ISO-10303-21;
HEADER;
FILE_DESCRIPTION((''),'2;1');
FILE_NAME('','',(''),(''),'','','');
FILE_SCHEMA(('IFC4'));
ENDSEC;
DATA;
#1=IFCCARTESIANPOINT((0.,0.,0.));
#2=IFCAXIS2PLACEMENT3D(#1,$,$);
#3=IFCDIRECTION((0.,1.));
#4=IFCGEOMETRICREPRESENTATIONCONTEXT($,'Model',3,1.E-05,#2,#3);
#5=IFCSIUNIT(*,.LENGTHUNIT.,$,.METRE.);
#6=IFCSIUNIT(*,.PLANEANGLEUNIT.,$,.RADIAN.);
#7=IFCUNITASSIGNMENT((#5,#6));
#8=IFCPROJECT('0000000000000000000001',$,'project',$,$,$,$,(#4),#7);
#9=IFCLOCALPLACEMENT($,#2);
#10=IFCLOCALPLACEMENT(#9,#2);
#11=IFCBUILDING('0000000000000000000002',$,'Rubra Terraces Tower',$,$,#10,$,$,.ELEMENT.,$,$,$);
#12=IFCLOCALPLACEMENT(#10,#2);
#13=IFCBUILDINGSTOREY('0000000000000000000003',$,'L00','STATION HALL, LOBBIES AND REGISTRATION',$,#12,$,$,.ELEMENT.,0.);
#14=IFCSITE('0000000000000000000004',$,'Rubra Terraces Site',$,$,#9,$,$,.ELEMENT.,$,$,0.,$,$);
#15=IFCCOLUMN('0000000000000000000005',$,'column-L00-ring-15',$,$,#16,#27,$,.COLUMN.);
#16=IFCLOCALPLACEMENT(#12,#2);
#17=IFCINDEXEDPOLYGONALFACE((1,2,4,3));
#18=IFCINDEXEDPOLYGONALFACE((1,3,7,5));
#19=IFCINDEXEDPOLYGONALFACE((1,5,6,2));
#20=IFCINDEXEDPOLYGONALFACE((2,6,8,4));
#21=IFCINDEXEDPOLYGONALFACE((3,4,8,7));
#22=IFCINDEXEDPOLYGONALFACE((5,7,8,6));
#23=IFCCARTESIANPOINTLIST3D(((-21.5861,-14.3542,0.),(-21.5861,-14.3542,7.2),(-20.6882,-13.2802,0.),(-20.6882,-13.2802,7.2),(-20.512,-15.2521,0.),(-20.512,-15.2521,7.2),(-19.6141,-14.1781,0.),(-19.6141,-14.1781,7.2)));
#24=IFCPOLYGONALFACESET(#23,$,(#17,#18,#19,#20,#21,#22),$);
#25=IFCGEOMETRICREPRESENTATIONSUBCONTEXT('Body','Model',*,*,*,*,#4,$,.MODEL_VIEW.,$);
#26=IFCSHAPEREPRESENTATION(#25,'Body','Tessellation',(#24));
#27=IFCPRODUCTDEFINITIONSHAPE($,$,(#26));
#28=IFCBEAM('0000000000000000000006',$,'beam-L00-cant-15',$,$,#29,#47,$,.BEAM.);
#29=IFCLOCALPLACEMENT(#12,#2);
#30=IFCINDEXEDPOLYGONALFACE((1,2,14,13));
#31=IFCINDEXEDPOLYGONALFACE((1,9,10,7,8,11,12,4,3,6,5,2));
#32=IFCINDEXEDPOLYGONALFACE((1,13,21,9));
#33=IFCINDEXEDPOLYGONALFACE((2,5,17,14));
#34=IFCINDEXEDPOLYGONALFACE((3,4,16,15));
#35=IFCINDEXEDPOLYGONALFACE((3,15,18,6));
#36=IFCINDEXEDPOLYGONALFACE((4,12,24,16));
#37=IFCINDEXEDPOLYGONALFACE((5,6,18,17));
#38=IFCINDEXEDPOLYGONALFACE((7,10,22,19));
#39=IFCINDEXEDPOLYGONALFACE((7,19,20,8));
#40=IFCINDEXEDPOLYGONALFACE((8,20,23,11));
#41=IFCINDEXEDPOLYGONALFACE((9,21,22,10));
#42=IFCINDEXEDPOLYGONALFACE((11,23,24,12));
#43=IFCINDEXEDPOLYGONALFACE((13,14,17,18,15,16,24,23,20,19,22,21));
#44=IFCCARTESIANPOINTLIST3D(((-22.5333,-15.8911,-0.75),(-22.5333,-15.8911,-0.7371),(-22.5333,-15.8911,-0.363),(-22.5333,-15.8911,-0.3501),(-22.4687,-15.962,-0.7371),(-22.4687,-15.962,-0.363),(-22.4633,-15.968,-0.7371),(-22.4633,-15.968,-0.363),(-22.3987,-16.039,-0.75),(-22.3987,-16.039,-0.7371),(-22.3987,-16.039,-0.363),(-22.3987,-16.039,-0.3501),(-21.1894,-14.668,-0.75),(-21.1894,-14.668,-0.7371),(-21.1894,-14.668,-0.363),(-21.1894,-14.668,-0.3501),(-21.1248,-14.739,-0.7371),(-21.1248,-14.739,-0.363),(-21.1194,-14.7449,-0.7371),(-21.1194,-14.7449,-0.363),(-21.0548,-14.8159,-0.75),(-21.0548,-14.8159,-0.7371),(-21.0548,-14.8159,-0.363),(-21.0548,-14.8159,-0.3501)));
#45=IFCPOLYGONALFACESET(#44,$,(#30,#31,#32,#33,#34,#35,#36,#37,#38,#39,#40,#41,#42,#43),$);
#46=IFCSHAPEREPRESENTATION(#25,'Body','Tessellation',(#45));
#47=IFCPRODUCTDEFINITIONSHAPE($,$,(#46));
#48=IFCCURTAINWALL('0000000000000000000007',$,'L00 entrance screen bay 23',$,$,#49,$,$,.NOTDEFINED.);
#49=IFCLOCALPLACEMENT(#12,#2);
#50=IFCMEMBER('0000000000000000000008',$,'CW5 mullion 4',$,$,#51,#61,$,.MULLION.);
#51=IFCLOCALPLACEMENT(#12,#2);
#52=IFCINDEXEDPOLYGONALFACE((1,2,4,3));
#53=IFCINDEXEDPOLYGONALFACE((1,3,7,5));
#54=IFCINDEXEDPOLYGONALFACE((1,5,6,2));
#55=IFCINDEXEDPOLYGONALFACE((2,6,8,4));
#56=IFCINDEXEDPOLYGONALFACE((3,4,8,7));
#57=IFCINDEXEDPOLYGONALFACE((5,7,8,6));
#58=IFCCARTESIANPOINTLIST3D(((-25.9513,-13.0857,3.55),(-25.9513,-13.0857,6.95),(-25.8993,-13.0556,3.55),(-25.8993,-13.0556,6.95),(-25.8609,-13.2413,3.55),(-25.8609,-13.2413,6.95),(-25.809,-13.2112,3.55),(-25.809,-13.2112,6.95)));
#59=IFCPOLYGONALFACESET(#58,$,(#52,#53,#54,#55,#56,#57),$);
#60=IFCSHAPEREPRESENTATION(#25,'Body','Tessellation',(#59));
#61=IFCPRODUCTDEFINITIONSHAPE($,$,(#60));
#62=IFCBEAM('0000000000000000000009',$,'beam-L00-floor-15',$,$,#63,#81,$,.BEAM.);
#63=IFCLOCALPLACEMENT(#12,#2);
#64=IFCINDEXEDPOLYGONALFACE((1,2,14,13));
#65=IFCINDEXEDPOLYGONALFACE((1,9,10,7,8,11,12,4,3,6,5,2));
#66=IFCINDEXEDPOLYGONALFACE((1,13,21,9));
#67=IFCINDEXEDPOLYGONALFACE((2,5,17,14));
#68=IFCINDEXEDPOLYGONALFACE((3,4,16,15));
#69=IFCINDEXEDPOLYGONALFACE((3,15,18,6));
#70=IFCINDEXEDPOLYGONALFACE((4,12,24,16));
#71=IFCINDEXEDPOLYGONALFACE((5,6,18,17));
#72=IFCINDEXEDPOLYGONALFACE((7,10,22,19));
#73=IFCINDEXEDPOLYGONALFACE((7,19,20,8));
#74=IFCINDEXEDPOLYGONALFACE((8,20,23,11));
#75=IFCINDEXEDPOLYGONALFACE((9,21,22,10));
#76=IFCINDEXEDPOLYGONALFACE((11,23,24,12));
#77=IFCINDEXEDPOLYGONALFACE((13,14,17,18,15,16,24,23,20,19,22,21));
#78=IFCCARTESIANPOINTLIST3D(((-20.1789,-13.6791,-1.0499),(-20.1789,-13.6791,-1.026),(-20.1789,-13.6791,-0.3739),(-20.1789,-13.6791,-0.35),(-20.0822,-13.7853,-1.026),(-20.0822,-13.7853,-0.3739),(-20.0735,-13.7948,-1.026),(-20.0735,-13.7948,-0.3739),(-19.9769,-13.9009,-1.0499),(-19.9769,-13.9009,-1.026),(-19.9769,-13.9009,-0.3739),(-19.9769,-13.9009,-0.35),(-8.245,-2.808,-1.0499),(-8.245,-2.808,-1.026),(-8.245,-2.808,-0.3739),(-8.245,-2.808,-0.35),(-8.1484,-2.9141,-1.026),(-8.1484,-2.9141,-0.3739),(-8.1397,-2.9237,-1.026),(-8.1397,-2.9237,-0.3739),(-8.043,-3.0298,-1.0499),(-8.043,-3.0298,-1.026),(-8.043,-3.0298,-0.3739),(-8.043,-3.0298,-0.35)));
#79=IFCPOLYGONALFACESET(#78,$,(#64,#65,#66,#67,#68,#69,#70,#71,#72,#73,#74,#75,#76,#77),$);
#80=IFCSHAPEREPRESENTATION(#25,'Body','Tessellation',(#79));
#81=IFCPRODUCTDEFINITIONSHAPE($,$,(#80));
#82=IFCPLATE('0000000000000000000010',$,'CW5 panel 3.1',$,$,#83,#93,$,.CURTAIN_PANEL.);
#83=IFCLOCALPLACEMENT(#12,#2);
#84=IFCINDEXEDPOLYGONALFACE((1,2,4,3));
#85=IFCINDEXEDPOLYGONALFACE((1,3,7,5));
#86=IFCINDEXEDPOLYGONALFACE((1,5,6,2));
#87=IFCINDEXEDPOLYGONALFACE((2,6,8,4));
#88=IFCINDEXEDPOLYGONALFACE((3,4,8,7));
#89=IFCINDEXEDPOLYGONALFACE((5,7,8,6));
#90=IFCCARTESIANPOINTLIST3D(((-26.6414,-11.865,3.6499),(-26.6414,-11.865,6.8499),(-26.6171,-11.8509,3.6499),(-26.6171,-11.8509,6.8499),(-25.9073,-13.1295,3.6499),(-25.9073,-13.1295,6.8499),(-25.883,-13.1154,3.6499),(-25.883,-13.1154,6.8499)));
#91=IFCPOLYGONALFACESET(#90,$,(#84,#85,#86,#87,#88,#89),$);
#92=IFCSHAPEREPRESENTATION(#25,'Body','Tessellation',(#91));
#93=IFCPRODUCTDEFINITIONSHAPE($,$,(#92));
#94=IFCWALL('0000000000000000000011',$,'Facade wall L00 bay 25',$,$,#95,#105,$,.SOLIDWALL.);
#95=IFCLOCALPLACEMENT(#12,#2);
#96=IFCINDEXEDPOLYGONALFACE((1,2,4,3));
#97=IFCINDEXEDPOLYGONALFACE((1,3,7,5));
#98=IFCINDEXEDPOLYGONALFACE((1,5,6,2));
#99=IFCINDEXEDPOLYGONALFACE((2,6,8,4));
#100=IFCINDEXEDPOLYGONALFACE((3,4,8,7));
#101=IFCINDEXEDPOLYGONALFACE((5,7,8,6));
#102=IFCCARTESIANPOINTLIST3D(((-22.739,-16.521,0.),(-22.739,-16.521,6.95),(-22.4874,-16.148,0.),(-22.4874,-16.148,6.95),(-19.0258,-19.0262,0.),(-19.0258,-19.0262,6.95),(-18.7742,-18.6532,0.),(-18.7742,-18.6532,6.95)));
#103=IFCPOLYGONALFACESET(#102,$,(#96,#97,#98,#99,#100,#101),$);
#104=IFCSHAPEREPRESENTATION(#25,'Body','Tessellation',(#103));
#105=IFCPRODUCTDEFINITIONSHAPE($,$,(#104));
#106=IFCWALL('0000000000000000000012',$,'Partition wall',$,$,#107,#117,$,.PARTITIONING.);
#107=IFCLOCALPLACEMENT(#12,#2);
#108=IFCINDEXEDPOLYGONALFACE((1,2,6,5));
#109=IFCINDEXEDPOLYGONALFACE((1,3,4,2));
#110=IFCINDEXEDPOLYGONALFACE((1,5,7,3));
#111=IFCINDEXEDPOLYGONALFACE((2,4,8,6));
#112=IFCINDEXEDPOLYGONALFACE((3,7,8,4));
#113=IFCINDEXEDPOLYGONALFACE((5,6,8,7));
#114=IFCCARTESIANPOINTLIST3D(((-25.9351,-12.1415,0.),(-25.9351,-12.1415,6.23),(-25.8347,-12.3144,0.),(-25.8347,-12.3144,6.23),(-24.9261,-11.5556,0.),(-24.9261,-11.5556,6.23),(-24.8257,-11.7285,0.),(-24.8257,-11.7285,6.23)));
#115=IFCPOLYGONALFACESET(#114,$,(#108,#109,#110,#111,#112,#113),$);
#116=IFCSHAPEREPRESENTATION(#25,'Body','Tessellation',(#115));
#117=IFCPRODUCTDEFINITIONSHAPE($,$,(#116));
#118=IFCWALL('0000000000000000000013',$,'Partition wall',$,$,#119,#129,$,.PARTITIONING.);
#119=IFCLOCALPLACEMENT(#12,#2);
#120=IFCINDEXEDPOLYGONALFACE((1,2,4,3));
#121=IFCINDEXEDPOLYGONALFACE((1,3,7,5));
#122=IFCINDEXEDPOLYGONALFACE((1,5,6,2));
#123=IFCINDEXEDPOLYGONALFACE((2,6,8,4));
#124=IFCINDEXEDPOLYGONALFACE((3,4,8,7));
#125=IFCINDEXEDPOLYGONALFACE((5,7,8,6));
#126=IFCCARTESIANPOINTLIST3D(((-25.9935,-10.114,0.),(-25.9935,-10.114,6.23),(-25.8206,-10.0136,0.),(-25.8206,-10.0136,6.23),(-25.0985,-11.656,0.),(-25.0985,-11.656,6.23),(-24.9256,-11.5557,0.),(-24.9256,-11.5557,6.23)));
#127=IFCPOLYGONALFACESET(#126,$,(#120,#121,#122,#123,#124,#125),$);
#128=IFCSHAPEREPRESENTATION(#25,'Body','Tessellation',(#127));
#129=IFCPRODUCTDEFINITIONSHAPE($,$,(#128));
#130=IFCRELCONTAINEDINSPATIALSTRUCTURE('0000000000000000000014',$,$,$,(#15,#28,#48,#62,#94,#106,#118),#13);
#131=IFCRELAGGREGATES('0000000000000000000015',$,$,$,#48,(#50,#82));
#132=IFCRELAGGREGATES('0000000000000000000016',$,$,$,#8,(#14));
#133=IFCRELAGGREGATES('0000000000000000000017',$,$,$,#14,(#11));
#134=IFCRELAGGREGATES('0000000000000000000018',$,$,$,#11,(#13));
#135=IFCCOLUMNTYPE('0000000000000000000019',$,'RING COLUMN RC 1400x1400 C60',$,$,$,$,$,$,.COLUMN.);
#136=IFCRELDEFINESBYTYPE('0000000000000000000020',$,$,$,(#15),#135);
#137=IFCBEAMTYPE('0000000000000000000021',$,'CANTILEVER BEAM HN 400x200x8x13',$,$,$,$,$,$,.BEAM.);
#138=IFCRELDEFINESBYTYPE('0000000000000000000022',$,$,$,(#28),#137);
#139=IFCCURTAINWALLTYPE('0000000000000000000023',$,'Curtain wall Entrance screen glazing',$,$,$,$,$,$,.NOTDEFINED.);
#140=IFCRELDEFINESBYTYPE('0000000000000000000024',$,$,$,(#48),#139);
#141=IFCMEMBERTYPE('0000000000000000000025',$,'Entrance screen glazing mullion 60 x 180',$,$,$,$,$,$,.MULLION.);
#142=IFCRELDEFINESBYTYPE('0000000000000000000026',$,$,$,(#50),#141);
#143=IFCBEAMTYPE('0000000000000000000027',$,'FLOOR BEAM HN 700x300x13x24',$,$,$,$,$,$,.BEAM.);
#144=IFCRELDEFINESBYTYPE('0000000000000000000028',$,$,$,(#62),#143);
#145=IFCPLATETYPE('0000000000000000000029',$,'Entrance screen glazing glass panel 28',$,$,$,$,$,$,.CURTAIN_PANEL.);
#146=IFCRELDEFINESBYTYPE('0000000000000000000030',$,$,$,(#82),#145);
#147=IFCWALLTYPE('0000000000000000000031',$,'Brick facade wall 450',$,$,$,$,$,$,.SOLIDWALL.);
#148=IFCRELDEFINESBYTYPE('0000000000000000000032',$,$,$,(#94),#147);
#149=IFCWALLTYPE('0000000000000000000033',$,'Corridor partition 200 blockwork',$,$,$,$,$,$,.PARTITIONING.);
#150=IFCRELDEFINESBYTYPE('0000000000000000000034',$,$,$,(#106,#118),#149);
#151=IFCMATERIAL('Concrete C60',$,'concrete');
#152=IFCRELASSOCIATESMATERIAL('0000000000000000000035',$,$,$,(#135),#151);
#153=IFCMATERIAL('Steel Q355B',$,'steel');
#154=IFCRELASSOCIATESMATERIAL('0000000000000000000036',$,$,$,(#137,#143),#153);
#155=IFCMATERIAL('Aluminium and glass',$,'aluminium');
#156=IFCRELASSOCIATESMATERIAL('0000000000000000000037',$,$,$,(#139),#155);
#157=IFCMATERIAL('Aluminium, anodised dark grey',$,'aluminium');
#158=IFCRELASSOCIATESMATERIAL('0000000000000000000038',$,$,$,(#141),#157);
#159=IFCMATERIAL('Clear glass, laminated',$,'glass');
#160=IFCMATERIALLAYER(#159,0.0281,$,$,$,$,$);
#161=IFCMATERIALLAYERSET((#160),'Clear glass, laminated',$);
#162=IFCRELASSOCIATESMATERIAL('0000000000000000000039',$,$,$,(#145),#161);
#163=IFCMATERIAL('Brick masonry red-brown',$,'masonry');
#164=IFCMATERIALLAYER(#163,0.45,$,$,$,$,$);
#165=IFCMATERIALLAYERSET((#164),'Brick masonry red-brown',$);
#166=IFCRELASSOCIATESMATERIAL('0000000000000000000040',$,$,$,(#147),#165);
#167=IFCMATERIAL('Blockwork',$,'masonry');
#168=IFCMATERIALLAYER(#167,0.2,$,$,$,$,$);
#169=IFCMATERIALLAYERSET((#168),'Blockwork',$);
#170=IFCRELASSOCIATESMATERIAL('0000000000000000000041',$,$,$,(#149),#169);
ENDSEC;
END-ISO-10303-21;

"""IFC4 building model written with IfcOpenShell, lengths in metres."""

from ifc_helpers import new_model, si_unit, direction, frame, frame_2d, origin, origin_2d, place, context, subcontext, project, spatial, rectangle, i_section, extrude, material, layer, layer_set, material_profile, profile_set, type_object, element, aggregate, save


model = new_model("IFC4")

# Units and contexts
model_context = context("Model", 3, precision=1e-05, world=origin(), true_north=direction((0.0, 1.0)))
body_context = subcontext(model_context, "Body", "Model", "MODEL_VIEW")
ifc_project = project(units=[si_unit("LENGTHUNIT", "METRE"), si_unit("PLANEANGLEUNIT", "RADIAN")], contexts=[model_context])

# Site, building, storey
site_placement = place(None, origin())
site = spatial("IfcSite", under=ifc_project, at=site_placement, Name="Rubra Terraces Site", CompositionType="ELEMENT", RefElevation=0.0)
building_placement = place(site_placement, origin())
building = spatial("IfcBuilding", under=site, at=building_placement, Name="Rubra Terraces Tower", CompositionType="ELEMENT")
storey_placement = place(building_placement, origin())
storey = spatial("IfcBuildingStorey", under=building, at=storey_placement, Name="L00", Description="STATION HALL, LOBBIES AND REGISTRATION", CompositionType="ELEMENT", Elevation=0.0)

# Column
ifc_material_1 = material(Name="Concrete C60", Category="concrete")
ifc_material_profile_1 = material_profile(ifc_material_1, rectangle(XDim=1.3999, YDim=1.3999, at=origin_2d()), Name="RC 1400x1400")
ifc_profile_set_1 = profile_set([ifc_material_profile_1], Name="Concrete C60")
column_type = type_object("IfcColumnType", Name="RING COLUMN RC 1400x1400 C60", PredefinedType="COLUMN", material=ifc_profile_set_1)
column_placement = place(storey_placement, frame((-20.6001, -14.2661, 0.0), z_axis=(0.0, 0.0, 1.0), x_axis=(0.76721, -0.641397, 0.0)))
element("IfcColumn", 1, at=column_placement, inside=storey, type_object=column_type, Name="column-L00-ring-15", PredefinedType="COLUMN", context=body_context, shape_type="SweptSolid", body=[
    extrude(rectangle(XDim=1.3999, YDim=1.3999, at=origin_2d()), origin(), (0.0, 0.0, 1.0), 7.2),
])

# Beam
ifc_material_2 = material(Name="Steel Q355B", Category="steel")
ifc_material_profile_2 = material_profile(ifc_material_2, i_section(OverallWidth=0.2, OverallDepth=0.3999, WebThickness=0.0081, FlangeThickness=0.0129, at=origin_2d()), Name="HN 400x200x8x13")
ifc_profile_set_2 = profile_set([ifc_material_profile_2], Name="Steel Q355B")
beam_type_1 = type_object("IfcBeamType", Name="CANTILEVER BEAM HN 400x200x8x13", PredefinedType="BEAM", material=ifc_profile_set_2)
beam_1_placement = place(storey_placement, frame((-21.1221, -14.7419, -0.55), z_axis=(-0.739575, -0.673074, 0.0), x_axis=(0.673074, -0.739575, 0.0)))
element("IfcBeam", 2, at=beam_1_placement, inside=storey, type_object=beam_type_1, Name="beam-L00-cant-15", PredefinedType="BEAM", context=body_context, shape_type="SweptSolid", body=[
    extrude(i_section(OverallWidth=0.2, OverallDepth=0.3999, WebThickness=0.0081, FlangeThickness=0.0129, at=origin_2d()), origin(), (0.0, 0.0, 1.0), 1.8171),
])

# Curtain wall, member
ifc_material_3 = material(Name="Aluminium and glass", Category="aluminium")
curtain_wall_type = type_object("IfcCurtainWallType", Name="Curtain wall Entrance screen glazing", PredefinedType="NOTDEFINED", material=ifc_material_3)
curtain_wall_placement = place(storey_placement, origin())
curtain_wall = element("IfcCurtainWall", 3, at=curtain_wall_placement, inside=storey, type_object=curtain_wall_type, Name="L00 entrance screen bay 23", PredefinedType="NOTDEFINED")
ifc_material_4 = material(Name="Aluminium, anodised dark grey", Category="aluminium")
ifc_material_profile_3 = material_profile(ifc_material_4, rectangle(XDim=0.0601, YDim=0.1799, at=origin_2d()), Name="AL 60x180")
ifc_profile_set_3 = profile_set([ifc_material_profile_3], Name="Aluminium, anodised dark grey")
member_type = type_object("IfcMemberType", Name="Entrance screen glazing mullion 60 x 180", PredefinedType="MULLION", material=ifc_profile_set_3)
member_placement = place(storey_placement, frame((-25.8801, -13.1484, 3.55), z_axis=(0.0, 0.0, 1.0), x_axis=(0.864813, 0.502094, 0.0)))
member = element("IfcMember", 4, at=member_placement, type_object=member_type, Name="CW5 mullion 4", PredefinedType="MULLION", context=body_context, shape_type="SweptSolid", body=[
    extrude(rectangle(XDim=0.0601, YDim=0.1799, at=origin_2d()), origin(), (0.0, 0.0, 1.0), 3.3999),
])

# Beam
ifc_material_profile_4 = material_profile(ifc_material_2, i_section(OverallWidth=0.3, OverallDepth=0.7, WebThickness=0.0129, FlangeThickness=0.0239, at=origin_2d()), Name="HN 700x300x13x24")
ifc_profile_set_4 = profile_set([ifc_material_profile_4], Name="Steel Q355B")
beam_type_2 = type_object("IfcBeamType", Name="FLOOR BEAM HN 700x300x13x24", PredefinedType="BEAM", material=ifc_profile_set_4)
beam_2_placement = place(storey_placement, frame((-20.0779, -13.79, -0.7), z_axis=(0.739257, 0.673424, 0.0), x_axis=(-0.673424, 0.739257, 0.0)))
element("IfcBeam", 5, at=beam_2_placement, inside=storey, type_object=beam_type_2, Name="beam-L00-floor-15", PredefinedType="BEAM", context=body_context, shape_type="SweptSolid", body=[
    extrude(i_section(OverallWidth=0.3, OverallDepth=0.7, WebThickness=0.0129, FlangeThickness=0.0239, at=origin_2d()), origin(), (0.0, 0.0, 1.0), 16.1431),
])

# Plate
ifc_material_5 = material(Name="Clear glass, laminated", Category="glass")
ifc_layer_1 = layer(ifc_material_5, 0.0281)
ifc_layer_set_1 = layer_set([ifc_layer_1], Name="Clear glass, laminated")
plate_type = type_object("IfcPlateType", Name="Entrance screen glazing glass panel 28", PredefinedType="CURTAIN_PANEL", material=ifc_layer_set_1)
plate_placement = place(storey_placement, frame((-26.2622, -12.4902, 3.6499), z_axis=(0.0, 0.0, 1.0), x_axis=(0.502094, -0.864813, 0.0)))
plate = element("IfcPlate", 6, at=plate_placement, type_object=plate_type, Name="CW5 panel 3.1", PredefinedType="CURTAIN_PANEL", context=body_context, shape_type="SweptSolid", body=[
    extrude(rectangle(XDim=1.4622, YDim=0.0281, at=origin_2d()), origin(), (0.0, 0.0, 1.0), 3.2),
])
aggregate(curtain_wall, [member, plate])

# Shared definitions
ifc_material_6 = material(Name="Brick masonry red-brown", Category="masonry")
ifc_layer_2 = layer(ifc_material_6, 0.45)
ifc_layer_set_2 = layer_set([ifc_layer_2], Name="Brick masonry red-brown")
wall_type_1 = type_object("IfcWallType", Name="Brick facade wall 450", PredefinedType="SOLIDWALL", material=ifc_layer_set_2)

# Walls
wall_1_placement = place(storey_placement, frame((-22.6133, -16.3345, 0.0), z_axis=(0.0, 0.0, 1.0), x_axis=(0.828977, -0.559283, 0.0)))
element("IfcWall", 7, at=wall_1_placement, inside=storey, type_object=wall_type_1, Name="Facade wall L00 bay 25", PredefinedType="SOLIDWALL", context=body_context, shape_type="SweptSolid", body=[
    extrude(rectangle(XDim=4.4792, YDim=0.45, at=frame_2d((2.2397, 0.0))), origin(), (0.0, 0.0, 1.0), 6.95),
])
ifc_material_7 = material(Name="Blockwork", Category="masonry")
ifc_layer_3 = layer(ifc_material_7, 0.2)
ifc_layer_set_3 = layer_set([ifc_layer_3], Name="Blockwork")
wall_type_2 = type_object("IfcWallType", Name="Corridor partition 200 blockwork", PredefinedType="PARTITIONING", material=ifc_layer_set_3)
wall_2_placement = place(storey_placement, frame((-25.885, -12.228, 0.0), z_axis=(0.0, 0.0, 1.0), x_axis=(0.864771, 0.502166, 0.0)))
element("IfcWall", 8, at=wall_2_placement, inside=storey, type_object=wall_type_2, Name="Partition wall", PredefinedType="PARTITIONING", context=body_context, shape_type="SweptSolid", body=[
    extrude(rectangle(XDim=1.1667, YDim=0.2, at=frame_2d((0.5835, 0.0))), origin(), (0.0, 0.0, 1.0), 6.23),
])
wall_3_placement = place(storey_placement, frame((-25.012, -11.606, 0.0), z_axis=(0.0, 0.0, 1.0), x_axis=(-0.501997, 0.864869, 0.0)))
element("IfcWall", 9, at=wall_3_placement, inside=storey, type_object=wall_type_2, Name="Partition wall", PredefinedType="PARTITIONING", context=body_context, shape_type="SweptSolid", body=[
    extrude(rectangle(XDim=1.783, YDim=0.2, at=frame_2d((0.8916, 0.0))), origin(), (0.0, 0.0, 1.0), 6.23),
])

save(model, "model.ifc")
